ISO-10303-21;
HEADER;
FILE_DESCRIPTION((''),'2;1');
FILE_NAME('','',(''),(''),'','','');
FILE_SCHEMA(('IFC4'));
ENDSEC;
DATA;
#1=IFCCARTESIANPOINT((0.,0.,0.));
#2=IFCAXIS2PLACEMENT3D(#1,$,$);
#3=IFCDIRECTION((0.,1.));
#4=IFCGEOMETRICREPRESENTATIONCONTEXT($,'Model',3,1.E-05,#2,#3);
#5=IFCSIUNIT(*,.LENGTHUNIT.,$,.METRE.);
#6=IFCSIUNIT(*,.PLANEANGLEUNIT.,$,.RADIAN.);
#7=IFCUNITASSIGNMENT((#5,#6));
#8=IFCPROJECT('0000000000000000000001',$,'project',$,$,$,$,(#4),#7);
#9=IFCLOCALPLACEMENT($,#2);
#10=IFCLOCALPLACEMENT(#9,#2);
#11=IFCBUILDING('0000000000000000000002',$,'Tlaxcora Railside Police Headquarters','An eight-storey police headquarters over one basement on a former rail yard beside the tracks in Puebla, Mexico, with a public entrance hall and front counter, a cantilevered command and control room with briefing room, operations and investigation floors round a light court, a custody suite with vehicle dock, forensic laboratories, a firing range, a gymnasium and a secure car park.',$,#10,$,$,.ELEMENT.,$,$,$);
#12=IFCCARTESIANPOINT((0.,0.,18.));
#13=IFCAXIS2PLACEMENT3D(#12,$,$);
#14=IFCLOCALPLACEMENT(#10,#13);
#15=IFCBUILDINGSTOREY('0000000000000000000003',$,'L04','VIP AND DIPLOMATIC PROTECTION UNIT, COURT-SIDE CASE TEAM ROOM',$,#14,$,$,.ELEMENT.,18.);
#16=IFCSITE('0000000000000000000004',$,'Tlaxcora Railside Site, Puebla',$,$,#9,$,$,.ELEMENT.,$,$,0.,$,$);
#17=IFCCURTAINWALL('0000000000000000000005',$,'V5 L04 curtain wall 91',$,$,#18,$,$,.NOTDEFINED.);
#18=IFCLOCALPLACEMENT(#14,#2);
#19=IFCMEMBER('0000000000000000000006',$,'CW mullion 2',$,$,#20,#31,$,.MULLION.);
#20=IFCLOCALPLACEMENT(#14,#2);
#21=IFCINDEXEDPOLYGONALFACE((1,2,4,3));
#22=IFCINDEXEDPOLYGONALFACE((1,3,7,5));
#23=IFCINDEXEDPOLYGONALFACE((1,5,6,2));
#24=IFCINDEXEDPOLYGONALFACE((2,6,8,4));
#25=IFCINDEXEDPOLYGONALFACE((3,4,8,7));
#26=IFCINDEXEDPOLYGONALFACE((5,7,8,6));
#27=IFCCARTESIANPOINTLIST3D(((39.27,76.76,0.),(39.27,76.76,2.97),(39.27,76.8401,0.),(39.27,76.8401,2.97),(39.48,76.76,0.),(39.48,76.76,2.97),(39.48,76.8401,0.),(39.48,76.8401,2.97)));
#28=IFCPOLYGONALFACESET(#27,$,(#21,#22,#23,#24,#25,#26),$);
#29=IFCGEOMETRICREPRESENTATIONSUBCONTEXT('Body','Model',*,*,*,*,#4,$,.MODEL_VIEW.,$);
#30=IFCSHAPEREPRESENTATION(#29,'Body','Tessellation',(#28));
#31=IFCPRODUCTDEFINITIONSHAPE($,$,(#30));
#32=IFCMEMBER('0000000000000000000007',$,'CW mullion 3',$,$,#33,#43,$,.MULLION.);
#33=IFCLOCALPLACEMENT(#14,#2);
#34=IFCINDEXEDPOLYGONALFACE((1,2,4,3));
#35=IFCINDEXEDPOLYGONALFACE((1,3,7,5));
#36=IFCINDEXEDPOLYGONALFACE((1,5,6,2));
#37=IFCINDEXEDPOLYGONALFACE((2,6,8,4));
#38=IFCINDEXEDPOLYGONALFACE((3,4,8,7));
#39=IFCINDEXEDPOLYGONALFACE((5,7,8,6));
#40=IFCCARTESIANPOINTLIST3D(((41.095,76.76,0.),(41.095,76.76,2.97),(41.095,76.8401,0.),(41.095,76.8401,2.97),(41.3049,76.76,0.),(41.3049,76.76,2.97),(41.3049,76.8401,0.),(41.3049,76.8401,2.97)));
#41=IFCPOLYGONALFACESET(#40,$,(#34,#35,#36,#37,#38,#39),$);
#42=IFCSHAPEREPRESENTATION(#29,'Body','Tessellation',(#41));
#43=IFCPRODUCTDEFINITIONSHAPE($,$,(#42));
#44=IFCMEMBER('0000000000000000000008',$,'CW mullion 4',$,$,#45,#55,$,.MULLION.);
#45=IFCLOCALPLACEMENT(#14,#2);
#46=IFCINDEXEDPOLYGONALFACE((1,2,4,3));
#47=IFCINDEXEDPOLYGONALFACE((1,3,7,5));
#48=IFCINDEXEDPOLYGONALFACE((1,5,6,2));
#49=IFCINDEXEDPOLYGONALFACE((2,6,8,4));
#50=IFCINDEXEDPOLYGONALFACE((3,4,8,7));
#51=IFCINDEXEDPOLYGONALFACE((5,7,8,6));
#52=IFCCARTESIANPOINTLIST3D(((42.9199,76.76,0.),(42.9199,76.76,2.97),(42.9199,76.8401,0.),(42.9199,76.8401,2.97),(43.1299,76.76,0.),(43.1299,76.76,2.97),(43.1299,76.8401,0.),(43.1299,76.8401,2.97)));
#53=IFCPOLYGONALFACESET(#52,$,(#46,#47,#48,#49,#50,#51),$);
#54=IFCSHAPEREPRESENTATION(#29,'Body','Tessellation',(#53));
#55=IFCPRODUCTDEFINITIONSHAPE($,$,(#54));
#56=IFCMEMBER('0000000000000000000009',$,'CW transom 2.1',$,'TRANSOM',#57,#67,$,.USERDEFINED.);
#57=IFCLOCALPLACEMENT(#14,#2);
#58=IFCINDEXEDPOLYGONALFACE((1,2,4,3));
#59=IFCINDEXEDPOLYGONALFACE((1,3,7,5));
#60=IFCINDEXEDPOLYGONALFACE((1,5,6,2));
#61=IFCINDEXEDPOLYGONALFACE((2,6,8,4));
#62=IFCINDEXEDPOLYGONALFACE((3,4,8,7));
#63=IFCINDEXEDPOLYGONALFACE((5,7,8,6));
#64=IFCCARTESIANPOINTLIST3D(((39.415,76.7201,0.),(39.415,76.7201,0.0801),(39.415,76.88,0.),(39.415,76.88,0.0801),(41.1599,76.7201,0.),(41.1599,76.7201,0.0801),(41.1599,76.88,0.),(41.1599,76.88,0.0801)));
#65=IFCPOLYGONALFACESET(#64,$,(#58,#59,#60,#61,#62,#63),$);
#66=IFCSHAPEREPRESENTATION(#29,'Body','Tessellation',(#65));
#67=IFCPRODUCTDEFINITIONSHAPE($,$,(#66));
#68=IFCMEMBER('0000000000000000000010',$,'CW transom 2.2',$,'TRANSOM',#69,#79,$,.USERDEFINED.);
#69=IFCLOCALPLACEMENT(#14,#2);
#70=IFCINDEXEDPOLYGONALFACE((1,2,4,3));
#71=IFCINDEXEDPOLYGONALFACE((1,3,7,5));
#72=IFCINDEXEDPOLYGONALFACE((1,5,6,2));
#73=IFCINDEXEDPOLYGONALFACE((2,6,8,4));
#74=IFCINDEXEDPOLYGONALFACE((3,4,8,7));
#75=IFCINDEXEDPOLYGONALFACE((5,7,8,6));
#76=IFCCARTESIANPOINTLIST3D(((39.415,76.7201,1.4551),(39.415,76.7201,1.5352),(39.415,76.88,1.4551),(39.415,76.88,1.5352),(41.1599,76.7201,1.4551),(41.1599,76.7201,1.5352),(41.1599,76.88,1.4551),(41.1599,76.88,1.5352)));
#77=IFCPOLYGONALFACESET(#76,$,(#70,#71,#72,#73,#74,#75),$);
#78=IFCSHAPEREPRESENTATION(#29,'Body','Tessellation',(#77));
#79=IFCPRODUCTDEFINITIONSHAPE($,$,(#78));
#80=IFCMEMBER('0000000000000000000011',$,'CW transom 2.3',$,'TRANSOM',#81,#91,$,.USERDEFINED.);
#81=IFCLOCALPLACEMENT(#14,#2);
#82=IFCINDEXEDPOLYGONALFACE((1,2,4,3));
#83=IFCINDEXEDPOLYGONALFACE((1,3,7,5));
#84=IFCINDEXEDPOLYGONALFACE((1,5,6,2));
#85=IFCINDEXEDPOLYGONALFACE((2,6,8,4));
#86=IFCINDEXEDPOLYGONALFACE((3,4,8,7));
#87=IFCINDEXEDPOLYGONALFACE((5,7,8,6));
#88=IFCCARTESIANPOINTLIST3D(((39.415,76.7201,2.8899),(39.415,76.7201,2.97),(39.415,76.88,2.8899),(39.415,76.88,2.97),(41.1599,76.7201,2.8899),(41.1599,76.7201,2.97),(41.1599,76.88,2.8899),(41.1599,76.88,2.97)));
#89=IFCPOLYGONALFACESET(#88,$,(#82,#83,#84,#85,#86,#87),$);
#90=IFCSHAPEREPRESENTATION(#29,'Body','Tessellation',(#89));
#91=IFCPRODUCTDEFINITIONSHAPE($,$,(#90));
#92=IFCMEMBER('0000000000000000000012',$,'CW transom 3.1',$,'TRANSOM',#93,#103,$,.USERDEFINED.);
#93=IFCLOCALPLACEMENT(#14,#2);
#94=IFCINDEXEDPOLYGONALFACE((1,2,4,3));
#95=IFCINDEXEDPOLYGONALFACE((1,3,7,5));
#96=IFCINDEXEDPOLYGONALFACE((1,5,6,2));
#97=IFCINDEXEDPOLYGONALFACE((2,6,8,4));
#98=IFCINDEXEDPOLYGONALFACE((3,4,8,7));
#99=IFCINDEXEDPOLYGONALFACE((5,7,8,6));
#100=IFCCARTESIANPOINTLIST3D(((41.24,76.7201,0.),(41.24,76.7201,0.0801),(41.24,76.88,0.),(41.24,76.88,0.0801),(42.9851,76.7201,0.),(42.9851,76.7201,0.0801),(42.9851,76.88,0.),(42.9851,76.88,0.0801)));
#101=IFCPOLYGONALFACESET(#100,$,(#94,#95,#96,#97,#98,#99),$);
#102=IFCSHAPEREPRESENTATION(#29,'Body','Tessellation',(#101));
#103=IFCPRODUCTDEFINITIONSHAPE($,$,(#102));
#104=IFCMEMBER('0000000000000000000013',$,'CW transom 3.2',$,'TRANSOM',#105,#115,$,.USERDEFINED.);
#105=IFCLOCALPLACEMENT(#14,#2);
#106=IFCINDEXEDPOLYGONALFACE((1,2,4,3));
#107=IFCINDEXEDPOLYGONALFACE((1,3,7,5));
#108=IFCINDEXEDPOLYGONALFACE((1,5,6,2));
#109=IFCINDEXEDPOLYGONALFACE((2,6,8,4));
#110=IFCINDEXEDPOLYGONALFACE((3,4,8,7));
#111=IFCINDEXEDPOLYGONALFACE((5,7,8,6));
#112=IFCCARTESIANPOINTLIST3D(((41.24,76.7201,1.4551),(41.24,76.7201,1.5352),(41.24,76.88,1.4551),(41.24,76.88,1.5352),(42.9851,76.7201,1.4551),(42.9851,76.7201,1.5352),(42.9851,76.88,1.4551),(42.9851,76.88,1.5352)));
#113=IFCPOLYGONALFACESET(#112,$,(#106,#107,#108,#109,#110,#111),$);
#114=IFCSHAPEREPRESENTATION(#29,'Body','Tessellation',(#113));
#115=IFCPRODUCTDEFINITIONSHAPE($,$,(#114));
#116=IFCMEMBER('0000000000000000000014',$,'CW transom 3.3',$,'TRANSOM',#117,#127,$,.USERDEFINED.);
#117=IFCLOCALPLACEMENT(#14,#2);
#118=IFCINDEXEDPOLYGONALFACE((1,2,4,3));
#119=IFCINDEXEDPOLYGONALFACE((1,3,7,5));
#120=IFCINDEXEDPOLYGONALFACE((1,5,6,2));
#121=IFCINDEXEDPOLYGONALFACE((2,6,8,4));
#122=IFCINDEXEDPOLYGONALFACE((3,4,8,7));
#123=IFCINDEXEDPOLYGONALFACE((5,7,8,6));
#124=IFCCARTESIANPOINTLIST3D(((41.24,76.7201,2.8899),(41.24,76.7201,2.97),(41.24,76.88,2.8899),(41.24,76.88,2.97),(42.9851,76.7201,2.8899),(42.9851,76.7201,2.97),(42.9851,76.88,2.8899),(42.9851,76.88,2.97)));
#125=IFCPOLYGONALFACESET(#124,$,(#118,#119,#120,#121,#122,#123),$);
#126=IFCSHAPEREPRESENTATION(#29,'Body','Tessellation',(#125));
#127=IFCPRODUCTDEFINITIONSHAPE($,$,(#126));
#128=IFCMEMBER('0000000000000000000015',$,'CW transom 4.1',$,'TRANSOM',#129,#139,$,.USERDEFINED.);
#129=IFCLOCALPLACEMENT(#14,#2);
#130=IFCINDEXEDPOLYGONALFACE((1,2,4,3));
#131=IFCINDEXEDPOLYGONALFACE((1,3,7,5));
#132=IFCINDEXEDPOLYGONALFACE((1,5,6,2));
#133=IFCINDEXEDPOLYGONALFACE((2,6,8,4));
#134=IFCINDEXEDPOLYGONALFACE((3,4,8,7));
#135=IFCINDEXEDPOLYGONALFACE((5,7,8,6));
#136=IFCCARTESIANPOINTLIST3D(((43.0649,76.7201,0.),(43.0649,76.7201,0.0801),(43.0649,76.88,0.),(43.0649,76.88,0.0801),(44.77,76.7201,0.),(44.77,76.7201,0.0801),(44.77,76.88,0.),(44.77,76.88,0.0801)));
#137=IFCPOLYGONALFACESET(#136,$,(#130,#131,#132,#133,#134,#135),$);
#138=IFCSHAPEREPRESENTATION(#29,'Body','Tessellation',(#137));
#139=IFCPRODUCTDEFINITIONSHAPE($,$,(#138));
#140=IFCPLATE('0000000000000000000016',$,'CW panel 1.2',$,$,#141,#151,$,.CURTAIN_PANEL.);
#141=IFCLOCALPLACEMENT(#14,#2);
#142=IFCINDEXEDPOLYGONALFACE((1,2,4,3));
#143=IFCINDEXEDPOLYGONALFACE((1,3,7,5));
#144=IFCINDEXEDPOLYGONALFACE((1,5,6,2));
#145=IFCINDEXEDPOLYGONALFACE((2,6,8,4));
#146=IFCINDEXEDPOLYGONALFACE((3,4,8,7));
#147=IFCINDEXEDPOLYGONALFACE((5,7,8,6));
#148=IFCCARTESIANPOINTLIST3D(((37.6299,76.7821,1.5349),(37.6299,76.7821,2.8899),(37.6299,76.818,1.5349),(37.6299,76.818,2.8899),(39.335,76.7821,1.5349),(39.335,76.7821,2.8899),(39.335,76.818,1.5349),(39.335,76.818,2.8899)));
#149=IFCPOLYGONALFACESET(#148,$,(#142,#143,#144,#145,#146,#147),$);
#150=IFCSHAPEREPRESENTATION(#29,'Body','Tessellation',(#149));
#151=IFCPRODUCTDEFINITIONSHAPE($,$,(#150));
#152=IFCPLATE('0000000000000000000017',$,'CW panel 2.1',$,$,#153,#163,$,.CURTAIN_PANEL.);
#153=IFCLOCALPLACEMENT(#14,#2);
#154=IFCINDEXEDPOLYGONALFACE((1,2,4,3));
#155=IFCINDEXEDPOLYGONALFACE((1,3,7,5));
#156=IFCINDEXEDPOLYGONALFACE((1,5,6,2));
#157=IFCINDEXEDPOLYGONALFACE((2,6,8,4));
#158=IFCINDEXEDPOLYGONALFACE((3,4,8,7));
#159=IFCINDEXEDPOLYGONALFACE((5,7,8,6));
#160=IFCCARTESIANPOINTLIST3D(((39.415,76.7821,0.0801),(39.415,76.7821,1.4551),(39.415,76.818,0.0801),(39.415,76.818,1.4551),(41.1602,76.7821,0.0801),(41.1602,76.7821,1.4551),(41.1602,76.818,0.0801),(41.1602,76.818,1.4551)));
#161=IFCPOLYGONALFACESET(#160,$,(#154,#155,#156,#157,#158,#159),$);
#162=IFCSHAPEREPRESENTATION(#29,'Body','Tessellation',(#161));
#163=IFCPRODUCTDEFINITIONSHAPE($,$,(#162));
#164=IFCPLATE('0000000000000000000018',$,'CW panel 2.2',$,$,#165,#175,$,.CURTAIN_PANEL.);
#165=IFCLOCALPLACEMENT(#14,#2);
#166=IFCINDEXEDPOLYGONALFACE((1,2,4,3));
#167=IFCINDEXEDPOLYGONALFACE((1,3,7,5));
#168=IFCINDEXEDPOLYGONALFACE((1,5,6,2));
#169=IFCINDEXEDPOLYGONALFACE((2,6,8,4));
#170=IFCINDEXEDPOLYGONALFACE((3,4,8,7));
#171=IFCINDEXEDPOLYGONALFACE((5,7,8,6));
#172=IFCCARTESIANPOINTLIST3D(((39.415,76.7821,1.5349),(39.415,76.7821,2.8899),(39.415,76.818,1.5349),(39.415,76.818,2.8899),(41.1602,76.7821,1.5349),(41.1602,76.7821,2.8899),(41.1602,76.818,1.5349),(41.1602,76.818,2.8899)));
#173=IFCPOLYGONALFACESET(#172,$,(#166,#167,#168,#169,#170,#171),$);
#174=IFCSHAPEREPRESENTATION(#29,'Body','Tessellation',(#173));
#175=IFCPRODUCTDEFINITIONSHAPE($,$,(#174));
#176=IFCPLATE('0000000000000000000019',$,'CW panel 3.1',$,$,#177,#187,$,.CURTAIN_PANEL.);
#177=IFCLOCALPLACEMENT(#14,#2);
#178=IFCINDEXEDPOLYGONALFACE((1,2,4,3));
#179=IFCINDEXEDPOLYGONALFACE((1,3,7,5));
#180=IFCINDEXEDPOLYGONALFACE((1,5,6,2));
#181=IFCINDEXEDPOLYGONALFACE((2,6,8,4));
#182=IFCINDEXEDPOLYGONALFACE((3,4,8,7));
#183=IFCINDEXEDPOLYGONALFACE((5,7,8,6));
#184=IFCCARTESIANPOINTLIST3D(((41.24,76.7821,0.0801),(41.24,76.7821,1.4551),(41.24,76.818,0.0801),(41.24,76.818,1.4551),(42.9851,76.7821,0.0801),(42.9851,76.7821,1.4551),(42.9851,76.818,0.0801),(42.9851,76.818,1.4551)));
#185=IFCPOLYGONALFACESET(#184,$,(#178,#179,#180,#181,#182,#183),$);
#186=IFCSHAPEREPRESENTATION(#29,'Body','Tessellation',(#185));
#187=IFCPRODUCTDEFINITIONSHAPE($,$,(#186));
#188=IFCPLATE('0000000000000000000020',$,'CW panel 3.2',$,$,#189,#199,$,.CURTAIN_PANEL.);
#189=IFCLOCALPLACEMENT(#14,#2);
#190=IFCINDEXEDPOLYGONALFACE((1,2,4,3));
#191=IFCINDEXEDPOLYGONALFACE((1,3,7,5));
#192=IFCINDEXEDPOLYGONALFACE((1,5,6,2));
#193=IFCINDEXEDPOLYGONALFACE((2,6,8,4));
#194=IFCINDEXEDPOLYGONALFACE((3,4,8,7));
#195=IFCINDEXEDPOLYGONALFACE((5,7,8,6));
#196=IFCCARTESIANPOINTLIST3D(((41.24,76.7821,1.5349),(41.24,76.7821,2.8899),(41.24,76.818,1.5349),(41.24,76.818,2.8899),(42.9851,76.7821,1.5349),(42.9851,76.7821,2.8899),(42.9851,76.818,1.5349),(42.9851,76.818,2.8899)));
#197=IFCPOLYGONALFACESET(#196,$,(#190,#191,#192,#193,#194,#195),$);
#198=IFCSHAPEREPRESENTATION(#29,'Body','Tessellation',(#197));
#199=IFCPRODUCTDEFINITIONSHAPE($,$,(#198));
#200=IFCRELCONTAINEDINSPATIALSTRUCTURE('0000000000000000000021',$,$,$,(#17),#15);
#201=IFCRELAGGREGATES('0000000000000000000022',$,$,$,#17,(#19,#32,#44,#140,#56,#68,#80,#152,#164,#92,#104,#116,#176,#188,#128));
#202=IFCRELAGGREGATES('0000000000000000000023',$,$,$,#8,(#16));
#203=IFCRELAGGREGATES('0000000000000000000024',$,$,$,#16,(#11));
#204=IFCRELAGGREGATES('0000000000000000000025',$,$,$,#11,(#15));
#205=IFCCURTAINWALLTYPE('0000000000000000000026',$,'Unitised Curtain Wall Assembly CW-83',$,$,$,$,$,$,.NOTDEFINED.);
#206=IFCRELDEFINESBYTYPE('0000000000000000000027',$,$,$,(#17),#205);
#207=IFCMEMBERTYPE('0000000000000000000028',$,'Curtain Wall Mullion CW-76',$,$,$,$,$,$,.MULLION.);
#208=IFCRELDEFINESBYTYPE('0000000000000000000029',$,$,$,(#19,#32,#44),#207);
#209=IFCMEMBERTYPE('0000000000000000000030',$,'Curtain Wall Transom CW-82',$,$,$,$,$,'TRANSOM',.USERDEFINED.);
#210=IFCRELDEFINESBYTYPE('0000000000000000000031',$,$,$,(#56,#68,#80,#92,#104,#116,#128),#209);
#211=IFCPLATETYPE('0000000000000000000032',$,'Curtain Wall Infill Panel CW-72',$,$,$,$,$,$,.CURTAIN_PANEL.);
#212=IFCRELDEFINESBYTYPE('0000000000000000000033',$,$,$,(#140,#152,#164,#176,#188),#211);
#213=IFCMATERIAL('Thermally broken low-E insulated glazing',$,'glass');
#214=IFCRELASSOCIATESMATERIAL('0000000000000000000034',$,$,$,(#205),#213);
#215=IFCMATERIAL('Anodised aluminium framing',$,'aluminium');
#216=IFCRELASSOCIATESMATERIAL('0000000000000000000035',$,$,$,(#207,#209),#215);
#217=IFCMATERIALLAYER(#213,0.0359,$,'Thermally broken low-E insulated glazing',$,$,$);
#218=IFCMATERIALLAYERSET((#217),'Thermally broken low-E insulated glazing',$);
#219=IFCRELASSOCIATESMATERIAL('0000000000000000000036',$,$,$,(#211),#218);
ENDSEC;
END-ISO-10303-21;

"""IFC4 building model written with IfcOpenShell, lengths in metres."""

from ifc_helpers import new_model, si_unit, direction, frame, origin, origin_2d, place, context, subcontext, project, spatial, rectangle, extrude, material, layer, layer_set, material_profile, profile_set, type_object, element, aggregate, save


model = new_model("IFC4")

# Units and contexts
model_context = context("Model", 3, precision=1e-05, world=origin(), true_north=direction((0.0, 1.0)))
body_context = subcontext(model_context, "Body", "Model", "MODEL_VIEW")
ifc_project = project(units=[si_unit("LENGTHUNIT", "METRE"), si_unit("PLANEANGLEUNIT", "RADIAN")], contexts=[model_context])

# Site, building, storey
site_placement = place(None, origin())
site = spatial("IfcSite", under=ifc_project, at=site_placement, Name="Tlaxcora Railside Site, Puebla", CompositionType="ELEMENT", RefElevation=0.0)
building_placement = place(site_placement, origin())
building = spatial("IfcBuilding", under=site, at=building_placement, Name="Tlaxcora Railside Police Headquarters", Description="An eight-storey police headquarters over one basement on a former rail yard beside the tracks in Puebla, Mexico, with a public entrance hall and front counter, a cantilevered command and control room with briefing room, operations and investigation floors round a light court, a custody suite with vehicle dock, forensic laboratories, a firing range, a gymnasium and a secure car park.", CompositionType="ELEMENT")
storey_placement = place(building_placement, frame((0.0, 0.0, 18.0)))
storey = spatial("IfcBuildingStorey", under=building, at=storey_placement, Name="L04", Description="VIP AND DIPLOMATIC PROTECTION UNIT, COURT-SIDE CASE TEAM ROOM", CompositionType="ELEMENT", Elevation=18.0)

# Curtain wall, members, plates
ifc_material_1 = material(Name="Thermally broken low-E insulated glazing", Category="glass")
curtain_wall_type = type_object("IfcCurtainWallType", Name="Unitised Curtain Wall Assembly CW-83", PredefinedType="NOTDEFINED", material=ifc_material_1)
curtain_wall_placement = place(storey_placement, origin())
curtain_wall = element("IfcCurtainWall", 1, at=curtain_wall_placement, inside=storey, type_object=curtain_wall_type, Name="V5 L04 curtain wall 91", PredefinedType="NOTDEFINED")
ifc_material_2 = material(Name="Anodised aluminium framing", Category="aluminium")
ifc_material_profile_1 = material_profile(ifc_material_2, rectangle(XDim=0.0801, YDim=0.21, at=origin_2d()), Name="AL80X210")
ifc_profile_set_1 = profile_set([ifc_material_profile_1], Name="Anodised aluminium framing")
member_type_1 = type_object("IfcMemberType", Name="Curtain Wall Mullion CW-76", PredefinedType="MULLION", material=ifc_profile_set_1)
member_1_placement = place(storey_placement, frame((39.375, 76.8, 0.0), z_axis=(0.0, 0.0, 1.0), x_axis=(0.0, 1.0, 0.0)))
member_1 = element("IfcMember", 2, at=member_1_placement, type_object=member_type_1, Name="CW mullion 2", PredefinedType="MULLION", context=body_context, shape_type="SweptSolid", body=[
    extrude(rectangle(XDim=0.0801, YDim=0.21, at=origin_2d()), origin(), (0.0, 0.0, 1.0), 2.97),
])
member_2_placement = place(storey_placement, frame((41.2, 76.8, 0.0), z_axis=(0.0, 0.0, 1.0), x_axis=(0.0, 1.0, 0.0)))
member_2 = element("IfcMember", 3, at=member_2_placement, type_object=member_type_1, Name="CW mullion 3", PredefinedType="MULLION", context=body_context, shape_type="SweptSolid", body=[
    extrude(rectangle(XDim=0.0801, YDim=0.21, at=origin_2d()), origin(), (0.0, 0.0, 1.0), 2.97),
])
member_3_placement = place(storey_placement, frame((43.0249, 76.8, 0.0), z_axis=(0.0, 0.0, 1.0), x_axis=(0.0, 1.0, 0.0)))
member_3 = element("IfcMember", 4, at=member_3_placement, type_object=member_type_1, Name="CW mullion 4", PredefinedType="MULLION", context=body_context, shape_type="SweptSolid", body=[
    extrude(rectangle(XDim=0.0801, YDim=0.21, at=origin_2d()), origin(), (0.0, 0.0, 1.0), 2.97),
])
ifc_material_profile_2 = material_profile(ifc_material_2, rectangle(XDim=0.1599, YDim=0.0801, at=origin_2d()), Name="AL80X160")
ifc_profile_set_2 = profile_set([ifc_material_profile_2], Name="Anodised aluminium framing")
member_type_2 = type_object("IfcMemberType", Name="Curtain Wall Transom CW-82", ElementType="TRANSOM", PredefinedType="USERDEFINED", material=ifc_profile_set_2)
member_4_placement = place(storey_placement, frame((39.415, 76.8, 0.04), z_axis=(1.0, 0.0, 0.0), x_axis=(0.0, 1.0, 0.0)))
member_4 = element("IfcMember", 5, at=member_4_placement, type_object=member_type_2, Name="CW transom 2.1", ObjectType="TRANSOM", PredefinedType="USERDEFINED", context=body_context, shape_type="SweptSolid", body=[
    extrude(rectangle(XDim=0.1599, YDim=0.0801, at=origin_2d()), origin(), (0.0, 0.0, 1.0), 1.7449),
])
member_5_placement = place(storey_placement, frame((39.415, 76.8, 1.4951), z_axis=(1.0, 0.0, 0.0), x_axis=(0.0, 1.0, 0.0)))
member_5 = element("IfcMember", 6, at=member_5_placement, type_object=member_type_2, Name="CW transom 2.2", ObjectType="TRANSOM", PredefinedType="USERDEFINED", context=body_context, shape_type="SweptSolid", body=[
    extrude(rectangle(XDim=0.1599, YDim=0.0801, at=origin_2d()), origin(), (0.0, 0.0, 1.0), 1.7449),
])
member_6_placement = place(storey_placement, frame((39.415, 76.8, 2.9299), z_axis=(1.0, 0.0, 0.0), x_axis=(0.0, 1.0, 0.0)))
member_6 = element("IfcMember", 7, at=member_6_placement, type_object=member_type_2, Name="CW transom 2.3", ObjectType="TRANSOM", PredefinedType="USERDEFINED", context=body_context, shape_type="SweptSolid", body=[
    extrude(rectangle(XDim=0.1599, YDim=0.0801, at=origin_2d()), origin(), (0.0, 0.0, 1.0), 1.7449),
])
member_7_placement = place(storey_placement, frame((41.24, 76.8, 0.04), z_axis=(1.0, 0.0, 0.0), x_axis=(0.0, 1.0, 0.0)))
member_7 = element("IfcMember", 8, at=member_7_placement, type_object=member_type_2, Name="CW transom 3.1", ObjectType="TRANSOM", PredefinedType="USERDEFINED", context=body_context, shape_type="SweptSolid", body=[
    extrude(rectangle(XDim=0.1599, YDim=0.0801, at=origin_2d()), origin(), (0.0, 0.0, 1.0), 1.7451),
])
member_8_placement = place(storey_placement, frame((41.24, 76.8, 1.4951), z_axis=(1.0, 0.0, 0.0), x_axis=(0.0, 1.0, 0.0)))
member_8 = element("IfcMember", 9, at=member_8_placement, type_object=member_type_2, Name="CW transom 3.2", ObjectType="TRANSOM", PredefinedType="USERDEFINED", context=body_context, shape_type="SweptSolid", body=[
    extrude(rectangle(XDim=0.1599, YDim=0.0801, at=origin_2d()), origin(), (0.0, 0.0, 1.0), 1.7451),
])
member_9_placement = place(storey_placement, frame((41.24, 76.8, 2.9299), z_axis=(1.0, 0.0, 0.0), x_axis=(0.0, 1.0, 0.0)))
member_9 = element("IfcMember", 10, at=member_9_placement, type_object=member_type_2, Name="CW transom 3.3", ObjectType="TRANSOM", PredefinedType="USERDEFINED", context=body_context, shape_type="SweptSolid", body=[
    extrude(rectangle(XDim=0.1599, YDim=0.0801, at=origin_2d()), origin(), (0.0, 0.0, 1.0), 1.7451),
])
member_10_placement = place(storey_placement, frame((43.0649, 76.8, 0.04), z_axis=(1.0, 0.0, 0.0), x_axis=(0.0, 1.0, 0.0)))
member_10 = element("IfcMember", 11, at=member_10_placement, type_object=member_type_2, Name="CW transom 4.1", ObjectType="TRANSOM", PredefinedType="USERDEFINED", context=body_context, shape_type="SweptSolid", body=[
    extrude(rectangle(XDim=0.1599, YDim=0.0801, at=origin_2d()), origin(), (0.0, 0.0, 1.0), 1.7051),
])
ifc_layer_1 = layer(ifc_material_1, 0.0359, Name="Thermally broken low-E insulated glazing")
ifc_layer_set_1 = layer_set([ifc_layer_1], Name="Thermally broken low-E insulated glazing")
plate_type = type_object("IfcPlateType", Name="Curtain Wall Infill Panel CW-72", PredefinedType="CURTAIN_PANEL", material=ifc_layer_set_1)
plate_1_placement = place(storey_placement, frame((38.4824, 76.8, 1.5349), z_axis=(0.0, 0.0, 1.0), x_axis=(1.0, 0.0, 0.0)))
plate_1 = element("IfcPlate", 12, at=plate_1_placement, type_object=plate_type, Name="CW panel 1.2", PredefinedType="CURTAIN_PANEL", context=body_context, shape_type="SweptSolid", body=[
    extrude(rectangle(XDim=1.7051, YDim=0.0359, at=origin_2d()), origin(), (0.0, 0.0, 1.0), 1.355),
])
plate_2_placement = place(storey_placement, frame((40.2876, 76.8, 0.0801), z_axis=(0.0, 0.0, 1.0), x_axis=(1.0, 0.0, 0.0)))
plate_2 = element("IfcPlate", 13, at=plate_2_placement, type_object=plate_type, Name="CW panel 2.1", PredefinedType="CURTAIN_PANEL", context=body_context, shape_type="SweptSolid", body=[
    extrude(rectangle(XDim=1.7451, YDim=0.0359, at=origin_2d()), origin(), (0.0, 0.0, 1.0), 1.375),
])
plate_3_placement = place(storey_placement, frame((40.2876, 76.8, 1.5349), z_axis=(0.0, 0.0, 1.0), x_axis=(1.0, 0.0, 0.0)))
plate_3 = element("IfcPlate", 14, at=plate_3_placement, type_object=plate_type, Name="CW panel 2.2", PredefinedType="CURTAIN_PANEL", context=body_context, shape_type="SweptSolid", body=[
    extrude(rectangle(XDim=1.7451, YDim=0.0359, at=origin_2d()), origin(), (0.0, 0.0, 1.0), 1.355),
])
plate_4_placement = place(storey_placement, frame((42.1125, 76.8, 0.0801), z_axis=(0.0, 0.0, 1.0), x_axis=(1.0, 0.0, 0.0)))
plate_4 = element("IfcPlate", 15, at=plate_4_placement, type_object=plate_type, Name="CW panel 3.1", PredefinedType="CURTAIN_PANEL", context=body_context, shape_type="SweptSolid", body=[
    extrude(rectangle(XDim=1.7451, YDim=0.0359, at=origin_2d()), origin(), (0.0, 0.0, 1.0), 1.375),
])
plate_5_placement = place(storey_placement, frame((42.1125, 76.8, 1.5349), z_axis=(0.0, 0.0, 1.0), x_axis=(1.0, 0.0, 0.0)))
plate_5 = element("IfcPlate", 16, at=plate_5_placement, type_object=plate_type, Name="CW panel 3.2", PredefinedType="CURTAIN_PANEL", context=body_context, shape_type="SweptSolid", body=[
    extrude(rectangle(XDim=1.7451, YDim=0.0359, at=origin_2d()), origin(), (0.0, 0.0, 1.0), 1.355),
])
aggregate(curtain_wall, [member_1, member_2, member_3, plate_1, member_4, member_5, member_6, plate_2, plate_3, member_7, member_8, member_9, plate_4, plate_5, member_10])

save(model, "model.ifc")
